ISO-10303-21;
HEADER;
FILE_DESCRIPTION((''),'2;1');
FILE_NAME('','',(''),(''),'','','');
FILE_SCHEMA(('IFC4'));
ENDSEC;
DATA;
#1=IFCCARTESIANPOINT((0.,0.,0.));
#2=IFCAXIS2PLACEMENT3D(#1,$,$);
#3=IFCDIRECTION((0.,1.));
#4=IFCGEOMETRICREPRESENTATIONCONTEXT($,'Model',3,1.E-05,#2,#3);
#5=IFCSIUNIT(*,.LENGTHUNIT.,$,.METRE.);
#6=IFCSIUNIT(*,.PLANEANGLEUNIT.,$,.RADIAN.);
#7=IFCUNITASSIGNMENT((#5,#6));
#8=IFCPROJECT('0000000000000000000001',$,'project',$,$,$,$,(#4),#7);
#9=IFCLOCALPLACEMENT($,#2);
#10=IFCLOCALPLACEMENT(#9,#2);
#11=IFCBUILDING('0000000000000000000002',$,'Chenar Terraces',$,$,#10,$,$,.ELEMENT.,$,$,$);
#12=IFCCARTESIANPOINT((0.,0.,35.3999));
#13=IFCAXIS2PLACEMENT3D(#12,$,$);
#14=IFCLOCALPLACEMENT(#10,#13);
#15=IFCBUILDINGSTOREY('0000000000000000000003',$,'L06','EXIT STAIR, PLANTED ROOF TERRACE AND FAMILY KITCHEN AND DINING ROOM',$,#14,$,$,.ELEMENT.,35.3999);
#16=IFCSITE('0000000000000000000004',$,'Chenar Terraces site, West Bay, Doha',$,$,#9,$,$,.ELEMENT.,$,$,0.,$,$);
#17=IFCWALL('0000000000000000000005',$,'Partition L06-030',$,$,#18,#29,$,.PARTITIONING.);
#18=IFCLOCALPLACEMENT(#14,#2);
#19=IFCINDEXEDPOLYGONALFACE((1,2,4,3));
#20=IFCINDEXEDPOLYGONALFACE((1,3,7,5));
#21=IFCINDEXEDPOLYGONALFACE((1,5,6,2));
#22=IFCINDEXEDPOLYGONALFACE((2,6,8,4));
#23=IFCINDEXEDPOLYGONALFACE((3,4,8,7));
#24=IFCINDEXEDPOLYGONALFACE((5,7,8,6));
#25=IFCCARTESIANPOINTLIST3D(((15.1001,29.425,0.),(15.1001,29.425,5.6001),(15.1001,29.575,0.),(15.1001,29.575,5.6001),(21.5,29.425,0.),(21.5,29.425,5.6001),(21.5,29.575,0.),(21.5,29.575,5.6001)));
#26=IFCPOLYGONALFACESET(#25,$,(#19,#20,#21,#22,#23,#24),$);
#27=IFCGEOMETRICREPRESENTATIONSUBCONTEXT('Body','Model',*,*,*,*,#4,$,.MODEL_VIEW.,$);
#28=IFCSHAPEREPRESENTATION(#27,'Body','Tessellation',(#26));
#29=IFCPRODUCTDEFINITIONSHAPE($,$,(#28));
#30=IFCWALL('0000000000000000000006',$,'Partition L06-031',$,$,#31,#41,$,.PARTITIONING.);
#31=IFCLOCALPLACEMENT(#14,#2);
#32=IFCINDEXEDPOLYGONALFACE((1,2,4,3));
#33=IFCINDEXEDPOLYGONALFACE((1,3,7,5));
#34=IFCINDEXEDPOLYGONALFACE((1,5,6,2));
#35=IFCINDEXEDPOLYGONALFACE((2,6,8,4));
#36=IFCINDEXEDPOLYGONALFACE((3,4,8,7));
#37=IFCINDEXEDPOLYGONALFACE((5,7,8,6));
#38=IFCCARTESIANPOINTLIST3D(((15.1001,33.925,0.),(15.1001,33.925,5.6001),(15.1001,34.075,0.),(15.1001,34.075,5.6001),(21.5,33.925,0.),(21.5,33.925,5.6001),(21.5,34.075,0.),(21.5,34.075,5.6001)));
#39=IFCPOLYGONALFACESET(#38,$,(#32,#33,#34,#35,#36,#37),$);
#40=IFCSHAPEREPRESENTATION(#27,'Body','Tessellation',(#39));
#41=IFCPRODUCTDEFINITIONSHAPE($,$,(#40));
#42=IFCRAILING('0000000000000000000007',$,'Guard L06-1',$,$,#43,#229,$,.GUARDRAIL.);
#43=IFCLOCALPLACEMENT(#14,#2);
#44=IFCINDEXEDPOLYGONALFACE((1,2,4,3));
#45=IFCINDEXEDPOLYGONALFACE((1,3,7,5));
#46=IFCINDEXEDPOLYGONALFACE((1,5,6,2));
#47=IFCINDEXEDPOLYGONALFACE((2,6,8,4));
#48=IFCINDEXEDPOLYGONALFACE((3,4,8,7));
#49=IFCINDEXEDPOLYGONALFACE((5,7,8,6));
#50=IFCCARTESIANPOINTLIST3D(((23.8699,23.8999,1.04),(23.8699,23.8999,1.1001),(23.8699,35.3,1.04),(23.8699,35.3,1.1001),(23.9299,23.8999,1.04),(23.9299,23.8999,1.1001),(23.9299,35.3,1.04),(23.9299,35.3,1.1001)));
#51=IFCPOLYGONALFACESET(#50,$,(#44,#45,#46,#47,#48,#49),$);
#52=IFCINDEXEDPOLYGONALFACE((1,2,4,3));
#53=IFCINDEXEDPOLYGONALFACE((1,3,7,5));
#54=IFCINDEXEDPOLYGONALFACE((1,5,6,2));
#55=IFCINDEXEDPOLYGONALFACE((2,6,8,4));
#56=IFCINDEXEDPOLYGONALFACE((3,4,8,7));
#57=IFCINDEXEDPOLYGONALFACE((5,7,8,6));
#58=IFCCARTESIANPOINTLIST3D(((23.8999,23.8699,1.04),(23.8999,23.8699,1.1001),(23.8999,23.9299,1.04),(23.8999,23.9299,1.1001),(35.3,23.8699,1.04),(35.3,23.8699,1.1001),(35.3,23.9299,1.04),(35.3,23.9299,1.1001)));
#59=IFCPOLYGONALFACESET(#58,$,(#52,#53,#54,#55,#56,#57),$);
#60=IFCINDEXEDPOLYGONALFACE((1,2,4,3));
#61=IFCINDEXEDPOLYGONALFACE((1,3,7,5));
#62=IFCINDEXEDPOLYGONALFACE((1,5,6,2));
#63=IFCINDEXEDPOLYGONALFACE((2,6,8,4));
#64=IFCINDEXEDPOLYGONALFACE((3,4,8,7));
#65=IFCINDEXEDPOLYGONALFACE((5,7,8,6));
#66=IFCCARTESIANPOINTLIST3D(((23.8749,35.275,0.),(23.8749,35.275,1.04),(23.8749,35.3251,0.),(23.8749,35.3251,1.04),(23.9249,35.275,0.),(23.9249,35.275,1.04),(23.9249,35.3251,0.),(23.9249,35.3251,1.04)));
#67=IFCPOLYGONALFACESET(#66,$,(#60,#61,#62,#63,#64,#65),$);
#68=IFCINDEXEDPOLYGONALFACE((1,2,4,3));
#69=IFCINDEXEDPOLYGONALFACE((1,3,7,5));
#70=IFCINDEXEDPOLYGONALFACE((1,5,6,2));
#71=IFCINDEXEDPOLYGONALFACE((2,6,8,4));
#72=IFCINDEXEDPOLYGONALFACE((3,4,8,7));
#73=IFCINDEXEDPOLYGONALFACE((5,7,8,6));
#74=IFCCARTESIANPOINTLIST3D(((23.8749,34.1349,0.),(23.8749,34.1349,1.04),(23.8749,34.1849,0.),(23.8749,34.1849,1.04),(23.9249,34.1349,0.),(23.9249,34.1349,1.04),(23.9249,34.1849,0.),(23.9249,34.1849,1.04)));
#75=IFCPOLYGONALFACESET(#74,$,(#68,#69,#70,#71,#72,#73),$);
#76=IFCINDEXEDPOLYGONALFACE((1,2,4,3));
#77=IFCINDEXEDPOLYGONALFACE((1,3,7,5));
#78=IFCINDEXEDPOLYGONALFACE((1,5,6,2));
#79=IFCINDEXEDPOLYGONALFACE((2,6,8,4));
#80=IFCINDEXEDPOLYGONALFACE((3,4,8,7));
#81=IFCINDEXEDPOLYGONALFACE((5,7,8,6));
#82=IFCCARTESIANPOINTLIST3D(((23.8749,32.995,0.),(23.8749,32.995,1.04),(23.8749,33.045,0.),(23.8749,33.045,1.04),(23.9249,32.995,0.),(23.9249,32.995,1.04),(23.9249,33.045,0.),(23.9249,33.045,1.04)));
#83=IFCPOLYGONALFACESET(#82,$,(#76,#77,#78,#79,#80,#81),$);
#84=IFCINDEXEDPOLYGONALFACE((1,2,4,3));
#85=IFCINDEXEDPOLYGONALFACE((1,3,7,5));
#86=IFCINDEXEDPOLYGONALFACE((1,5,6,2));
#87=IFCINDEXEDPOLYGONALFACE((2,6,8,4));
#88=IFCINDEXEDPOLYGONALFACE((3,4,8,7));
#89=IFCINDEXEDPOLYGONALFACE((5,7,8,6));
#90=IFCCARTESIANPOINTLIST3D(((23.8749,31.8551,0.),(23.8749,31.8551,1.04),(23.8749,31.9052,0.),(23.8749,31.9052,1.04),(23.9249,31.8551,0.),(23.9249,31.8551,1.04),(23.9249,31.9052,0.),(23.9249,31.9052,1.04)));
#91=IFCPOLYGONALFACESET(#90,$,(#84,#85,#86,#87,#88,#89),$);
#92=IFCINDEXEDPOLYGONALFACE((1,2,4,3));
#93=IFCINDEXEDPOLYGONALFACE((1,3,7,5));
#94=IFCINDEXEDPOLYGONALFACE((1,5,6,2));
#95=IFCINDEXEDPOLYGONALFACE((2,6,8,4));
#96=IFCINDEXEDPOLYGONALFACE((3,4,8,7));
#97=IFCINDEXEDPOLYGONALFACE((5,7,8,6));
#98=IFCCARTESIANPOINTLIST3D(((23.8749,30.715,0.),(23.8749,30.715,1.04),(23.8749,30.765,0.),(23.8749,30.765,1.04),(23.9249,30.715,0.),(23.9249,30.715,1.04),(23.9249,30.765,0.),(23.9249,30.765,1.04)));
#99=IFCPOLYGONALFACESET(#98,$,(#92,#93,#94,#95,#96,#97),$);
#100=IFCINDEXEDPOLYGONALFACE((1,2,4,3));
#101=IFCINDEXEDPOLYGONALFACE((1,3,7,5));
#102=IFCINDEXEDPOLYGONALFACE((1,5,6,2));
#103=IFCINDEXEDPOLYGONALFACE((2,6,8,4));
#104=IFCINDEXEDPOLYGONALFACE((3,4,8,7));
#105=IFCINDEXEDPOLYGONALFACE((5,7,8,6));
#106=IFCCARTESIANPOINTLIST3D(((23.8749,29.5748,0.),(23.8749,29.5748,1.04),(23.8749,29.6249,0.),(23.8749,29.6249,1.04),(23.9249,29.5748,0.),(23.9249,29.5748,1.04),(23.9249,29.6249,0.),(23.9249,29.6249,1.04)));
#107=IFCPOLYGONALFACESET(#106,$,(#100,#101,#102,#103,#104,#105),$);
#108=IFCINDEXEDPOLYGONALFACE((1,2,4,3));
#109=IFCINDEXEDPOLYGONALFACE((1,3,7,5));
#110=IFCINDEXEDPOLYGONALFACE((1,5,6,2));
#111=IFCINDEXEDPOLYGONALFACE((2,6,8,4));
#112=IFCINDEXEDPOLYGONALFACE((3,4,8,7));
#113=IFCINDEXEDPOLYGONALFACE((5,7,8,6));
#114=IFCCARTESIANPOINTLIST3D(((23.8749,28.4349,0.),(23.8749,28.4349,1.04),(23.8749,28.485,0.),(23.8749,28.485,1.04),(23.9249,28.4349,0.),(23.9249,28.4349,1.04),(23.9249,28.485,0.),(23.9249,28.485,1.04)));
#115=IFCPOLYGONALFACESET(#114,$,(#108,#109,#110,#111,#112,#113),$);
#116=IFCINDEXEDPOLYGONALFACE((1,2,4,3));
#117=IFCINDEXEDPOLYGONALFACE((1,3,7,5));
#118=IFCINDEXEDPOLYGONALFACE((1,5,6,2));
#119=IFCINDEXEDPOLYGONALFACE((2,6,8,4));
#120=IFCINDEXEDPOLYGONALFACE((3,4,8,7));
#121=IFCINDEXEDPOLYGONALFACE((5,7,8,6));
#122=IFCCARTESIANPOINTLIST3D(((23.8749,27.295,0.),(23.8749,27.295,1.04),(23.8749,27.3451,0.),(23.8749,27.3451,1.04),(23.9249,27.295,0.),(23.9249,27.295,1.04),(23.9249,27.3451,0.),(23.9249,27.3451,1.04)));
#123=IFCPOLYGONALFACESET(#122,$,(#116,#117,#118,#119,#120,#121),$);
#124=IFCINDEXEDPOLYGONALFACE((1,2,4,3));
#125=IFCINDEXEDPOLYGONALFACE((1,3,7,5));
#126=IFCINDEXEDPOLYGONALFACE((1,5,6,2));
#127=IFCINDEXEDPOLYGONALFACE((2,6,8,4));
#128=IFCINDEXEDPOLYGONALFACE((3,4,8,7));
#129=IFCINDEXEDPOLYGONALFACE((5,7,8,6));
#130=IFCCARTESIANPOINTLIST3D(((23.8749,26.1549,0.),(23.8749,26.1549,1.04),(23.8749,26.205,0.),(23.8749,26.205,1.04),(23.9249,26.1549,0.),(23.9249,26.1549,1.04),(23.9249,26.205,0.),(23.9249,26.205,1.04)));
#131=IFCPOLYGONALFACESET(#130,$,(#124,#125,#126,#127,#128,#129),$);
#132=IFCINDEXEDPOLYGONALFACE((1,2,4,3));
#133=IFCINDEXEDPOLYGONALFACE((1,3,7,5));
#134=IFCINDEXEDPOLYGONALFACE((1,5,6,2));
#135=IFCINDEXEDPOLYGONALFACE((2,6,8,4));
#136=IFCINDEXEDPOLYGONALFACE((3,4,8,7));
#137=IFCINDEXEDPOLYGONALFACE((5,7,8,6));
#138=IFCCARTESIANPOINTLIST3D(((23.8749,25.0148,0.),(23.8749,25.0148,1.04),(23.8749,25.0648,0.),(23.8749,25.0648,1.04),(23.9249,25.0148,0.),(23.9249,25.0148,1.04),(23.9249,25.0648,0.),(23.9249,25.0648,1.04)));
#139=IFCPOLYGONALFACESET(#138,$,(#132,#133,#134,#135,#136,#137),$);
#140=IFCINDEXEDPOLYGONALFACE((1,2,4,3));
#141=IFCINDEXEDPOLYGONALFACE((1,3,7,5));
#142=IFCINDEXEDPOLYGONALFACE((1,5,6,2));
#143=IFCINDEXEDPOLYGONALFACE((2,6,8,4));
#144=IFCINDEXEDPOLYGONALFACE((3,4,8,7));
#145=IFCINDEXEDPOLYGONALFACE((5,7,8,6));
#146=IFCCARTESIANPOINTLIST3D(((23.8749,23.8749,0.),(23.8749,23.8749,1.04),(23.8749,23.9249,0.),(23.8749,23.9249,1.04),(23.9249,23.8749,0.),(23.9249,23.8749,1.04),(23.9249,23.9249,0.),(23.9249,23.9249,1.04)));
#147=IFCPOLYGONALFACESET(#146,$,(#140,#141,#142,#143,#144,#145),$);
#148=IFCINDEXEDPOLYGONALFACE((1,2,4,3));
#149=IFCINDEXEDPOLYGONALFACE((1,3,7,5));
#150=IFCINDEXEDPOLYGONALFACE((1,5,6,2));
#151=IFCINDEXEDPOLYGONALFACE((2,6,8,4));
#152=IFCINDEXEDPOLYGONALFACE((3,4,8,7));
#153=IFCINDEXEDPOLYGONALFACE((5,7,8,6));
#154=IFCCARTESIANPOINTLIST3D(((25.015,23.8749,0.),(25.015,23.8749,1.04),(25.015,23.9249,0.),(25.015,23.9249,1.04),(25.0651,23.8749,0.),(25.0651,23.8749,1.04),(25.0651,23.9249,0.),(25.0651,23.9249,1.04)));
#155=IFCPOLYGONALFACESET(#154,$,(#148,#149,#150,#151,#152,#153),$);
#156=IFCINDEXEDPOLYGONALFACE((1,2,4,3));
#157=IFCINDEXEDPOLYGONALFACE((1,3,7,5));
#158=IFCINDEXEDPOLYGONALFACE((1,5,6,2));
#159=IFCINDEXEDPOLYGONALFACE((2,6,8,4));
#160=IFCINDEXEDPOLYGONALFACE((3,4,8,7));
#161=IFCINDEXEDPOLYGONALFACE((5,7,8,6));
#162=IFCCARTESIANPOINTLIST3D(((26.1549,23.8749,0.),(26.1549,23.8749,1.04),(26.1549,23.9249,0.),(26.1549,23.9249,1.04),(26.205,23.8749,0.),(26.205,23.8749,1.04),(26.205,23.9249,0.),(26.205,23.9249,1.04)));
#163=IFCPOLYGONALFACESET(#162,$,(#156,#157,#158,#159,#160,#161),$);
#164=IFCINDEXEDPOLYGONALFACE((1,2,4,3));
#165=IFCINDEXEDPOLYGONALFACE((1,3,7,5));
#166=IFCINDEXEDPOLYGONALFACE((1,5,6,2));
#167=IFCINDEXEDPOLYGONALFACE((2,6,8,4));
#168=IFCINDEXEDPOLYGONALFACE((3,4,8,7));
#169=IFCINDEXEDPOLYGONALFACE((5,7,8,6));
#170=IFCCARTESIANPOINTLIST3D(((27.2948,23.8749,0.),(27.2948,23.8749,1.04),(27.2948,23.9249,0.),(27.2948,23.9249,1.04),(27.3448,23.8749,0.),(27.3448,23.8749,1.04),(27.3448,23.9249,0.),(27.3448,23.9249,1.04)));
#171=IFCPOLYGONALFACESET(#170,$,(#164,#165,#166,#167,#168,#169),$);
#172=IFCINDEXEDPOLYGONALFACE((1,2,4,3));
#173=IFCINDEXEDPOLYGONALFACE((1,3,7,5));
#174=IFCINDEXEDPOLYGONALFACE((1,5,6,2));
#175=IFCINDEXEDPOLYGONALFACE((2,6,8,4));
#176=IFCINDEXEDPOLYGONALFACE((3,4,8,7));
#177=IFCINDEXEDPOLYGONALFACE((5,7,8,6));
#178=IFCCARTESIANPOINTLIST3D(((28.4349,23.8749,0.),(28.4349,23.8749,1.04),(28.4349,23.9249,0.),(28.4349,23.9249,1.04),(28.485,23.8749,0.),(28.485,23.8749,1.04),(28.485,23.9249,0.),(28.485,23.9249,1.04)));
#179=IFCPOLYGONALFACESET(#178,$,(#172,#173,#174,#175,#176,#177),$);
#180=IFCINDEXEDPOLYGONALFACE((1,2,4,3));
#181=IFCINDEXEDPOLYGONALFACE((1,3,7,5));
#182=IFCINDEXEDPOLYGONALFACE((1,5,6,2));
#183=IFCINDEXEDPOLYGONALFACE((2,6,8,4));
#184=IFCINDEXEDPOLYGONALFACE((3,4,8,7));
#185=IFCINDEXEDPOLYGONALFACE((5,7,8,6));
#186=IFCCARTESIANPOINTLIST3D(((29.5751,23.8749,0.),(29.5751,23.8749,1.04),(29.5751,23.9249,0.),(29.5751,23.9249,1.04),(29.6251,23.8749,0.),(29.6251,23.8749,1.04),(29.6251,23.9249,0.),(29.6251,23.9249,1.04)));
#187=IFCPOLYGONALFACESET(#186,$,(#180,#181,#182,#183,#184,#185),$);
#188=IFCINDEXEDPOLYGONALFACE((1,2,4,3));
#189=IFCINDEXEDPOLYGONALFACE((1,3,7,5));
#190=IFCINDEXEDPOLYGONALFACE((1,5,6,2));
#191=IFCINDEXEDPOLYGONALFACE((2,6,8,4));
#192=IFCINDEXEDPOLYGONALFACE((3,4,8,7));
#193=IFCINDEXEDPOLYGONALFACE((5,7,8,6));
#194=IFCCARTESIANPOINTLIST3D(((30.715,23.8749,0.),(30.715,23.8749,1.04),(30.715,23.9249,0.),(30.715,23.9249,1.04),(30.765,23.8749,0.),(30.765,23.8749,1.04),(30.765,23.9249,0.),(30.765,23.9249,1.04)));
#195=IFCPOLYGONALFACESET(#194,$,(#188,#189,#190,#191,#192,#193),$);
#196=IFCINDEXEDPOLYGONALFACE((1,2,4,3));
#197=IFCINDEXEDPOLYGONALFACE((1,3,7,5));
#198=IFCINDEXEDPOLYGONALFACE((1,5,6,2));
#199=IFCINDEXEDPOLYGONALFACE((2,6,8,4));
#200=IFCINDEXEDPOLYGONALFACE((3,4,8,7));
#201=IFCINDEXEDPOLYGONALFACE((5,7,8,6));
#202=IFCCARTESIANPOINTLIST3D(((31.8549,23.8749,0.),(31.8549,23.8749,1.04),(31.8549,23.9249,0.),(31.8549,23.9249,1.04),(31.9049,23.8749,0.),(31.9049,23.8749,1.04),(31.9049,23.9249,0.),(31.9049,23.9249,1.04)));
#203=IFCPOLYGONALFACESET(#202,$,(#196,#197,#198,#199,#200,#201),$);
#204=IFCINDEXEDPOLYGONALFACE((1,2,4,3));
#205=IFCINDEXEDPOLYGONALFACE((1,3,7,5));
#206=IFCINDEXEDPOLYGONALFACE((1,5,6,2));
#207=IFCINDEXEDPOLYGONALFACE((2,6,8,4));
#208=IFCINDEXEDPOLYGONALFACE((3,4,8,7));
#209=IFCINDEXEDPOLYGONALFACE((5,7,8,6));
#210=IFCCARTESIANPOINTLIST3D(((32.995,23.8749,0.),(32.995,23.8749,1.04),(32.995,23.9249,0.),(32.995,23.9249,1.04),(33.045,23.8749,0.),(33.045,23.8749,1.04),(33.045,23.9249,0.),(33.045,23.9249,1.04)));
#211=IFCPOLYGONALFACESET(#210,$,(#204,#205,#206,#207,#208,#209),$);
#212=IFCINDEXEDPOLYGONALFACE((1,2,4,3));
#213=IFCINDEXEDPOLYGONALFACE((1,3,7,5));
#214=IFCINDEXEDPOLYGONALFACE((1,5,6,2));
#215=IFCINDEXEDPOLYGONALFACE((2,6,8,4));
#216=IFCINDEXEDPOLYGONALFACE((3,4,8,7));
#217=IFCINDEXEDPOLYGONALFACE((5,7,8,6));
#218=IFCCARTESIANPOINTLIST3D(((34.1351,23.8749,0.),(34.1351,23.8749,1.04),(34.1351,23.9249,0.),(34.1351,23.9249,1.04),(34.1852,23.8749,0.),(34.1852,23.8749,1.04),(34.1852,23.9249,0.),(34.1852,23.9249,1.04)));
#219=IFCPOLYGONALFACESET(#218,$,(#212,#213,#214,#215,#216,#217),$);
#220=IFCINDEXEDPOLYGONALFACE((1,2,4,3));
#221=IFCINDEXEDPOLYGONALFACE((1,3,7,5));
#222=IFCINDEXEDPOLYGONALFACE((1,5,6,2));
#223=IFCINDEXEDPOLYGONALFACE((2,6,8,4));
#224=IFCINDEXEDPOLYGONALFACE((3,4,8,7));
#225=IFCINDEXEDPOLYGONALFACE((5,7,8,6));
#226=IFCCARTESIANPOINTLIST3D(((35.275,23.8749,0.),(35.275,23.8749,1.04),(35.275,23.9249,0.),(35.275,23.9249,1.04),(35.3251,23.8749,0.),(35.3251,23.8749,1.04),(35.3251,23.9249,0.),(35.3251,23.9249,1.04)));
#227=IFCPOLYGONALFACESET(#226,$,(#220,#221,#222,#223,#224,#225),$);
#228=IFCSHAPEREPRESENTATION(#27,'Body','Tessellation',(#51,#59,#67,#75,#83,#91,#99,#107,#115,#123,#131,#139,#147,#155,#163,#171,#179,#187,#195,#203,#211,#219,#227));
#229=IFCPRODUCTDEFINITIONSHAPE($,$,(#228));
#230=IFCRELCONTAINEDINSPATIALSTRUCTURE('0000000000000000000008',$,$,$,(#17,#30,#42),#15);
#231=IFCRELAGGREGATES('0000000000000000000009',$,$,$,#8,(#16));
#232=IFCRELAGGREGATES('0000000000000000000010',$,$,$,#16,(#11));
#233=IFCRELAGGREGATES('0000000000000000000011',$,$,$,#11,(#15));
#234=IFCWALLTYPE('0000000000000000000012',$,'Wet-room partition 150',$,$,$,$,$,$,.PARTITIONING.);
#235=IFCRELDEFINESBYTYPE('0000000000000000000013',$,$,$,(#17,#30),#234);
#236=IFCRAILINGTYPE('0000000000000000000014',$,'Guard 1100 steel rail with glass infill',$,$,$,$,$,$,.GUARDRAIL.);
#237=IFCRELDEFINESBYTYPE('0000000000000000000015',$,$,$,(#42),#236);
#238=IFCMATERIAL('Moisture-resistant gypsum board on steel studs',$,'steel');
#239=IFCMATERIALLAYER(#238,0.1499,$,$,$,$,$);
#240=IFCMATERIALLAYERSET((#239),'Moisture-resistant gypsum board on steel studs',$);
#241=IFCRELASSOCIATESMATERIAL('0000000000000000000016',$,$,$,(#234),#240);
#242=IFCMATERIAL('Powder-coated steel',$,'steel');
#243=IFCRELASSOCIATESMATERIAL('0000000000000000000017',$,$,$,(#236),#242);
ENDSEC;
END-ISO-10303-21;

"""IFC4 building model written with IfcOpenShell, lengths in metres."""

from ifc_helpers import new_model, si_unit, direction, frame, frame_2d, origin, origin_2d, place, context, subcontext, project, spatial, rectangle, extrude, material, layer, layer_set, type_object, element, save


model = new_model("IFC4")

# Units and contexts
model_context = context("Model", 3, precision=1e-05, world=origin(), true_north=direction((0.0, 1.0)))
body_context = subcontext(model_context, "Body", "Model", "MODEL_VIEW")
ifc_project = project(units=[si_unit("LENGTHUNIT", "METRE"), si_unit("PLANEANGLEUNIT", "RADIAN")], contexts=[model_context])

# Site, building, storey
site_placement = place(None, origin())
site = spatial("IfcSite", under=ifc_project, at=site_placement, Name="Chenar Terraces site, West Bay, Doha", CompositionType="ELEMENT", RefElevation=0.0)
building_placement = place(site_placement, origin())
building = spatial("IfcBuilding", under=site, at=building_placement, Name="Chenar Terraces", CompositionType="ELEMENT")
storey_placement = place(building_placement, frame((0.0, 0.0, 35.3999)))
storey = spatial("IfcBuildingStorey", under=building, at=storey_placement, Name="L06", Description="EXIT STAIR, PLANTED ROOF TERRACE AND FAMILY KITCHEN AND DINING ROOM", CompositionType="ELEMENT", Elevation=35.3999)

# Walls
ifc_material_1 = material(Name="Moisture-resistant gypsum board on steel studs", Category="steel")
ifc_layer_1 = layer(ifc_material_1, 0.1499)
ifc_layer_set_1 = layer_set([ifc_layer_1], Name="Moisture-resistant gypsum board on steel studs")
wall_type_1 = type_object("IfcWallType", Name="Wet-room partition 150", PredefinedType="PARTITIONING", material=ifc_layer_set_1)
for number, where, z_axis, x_axis, name in (
    (1, (15.1001, 29.5, 0.0), (0.0, 0.0, 1.0), (1.0, 0.0, 0.0), "Partition L06-030"),
    (2, (15.1001, 34.0, 0.0), (0.0, 0.0, 1.0), (1.0, 0.0, 0.0), "Partition L06-031"),
):
    element("IfcWall", number, at=place(storey_placement, frame(where, z_axis=z_axis, x_axis=x_axis)), inside=storey, type_object=wall_type_1, Name=name, PredefinedType="PARTITIONING", context=body_context, shape_type="SweptSolid", body=[
        extrude(rectangle(XDim=6.3999, YDim=0.1499, at=frame_2d((3.2, 0.0))), origin(), (0.0, 0.0, 1.0), 5.6001),
    ])

# Railing
ifc_material_2 = material(Name="Powder-coated steel", Category="steel")
railing_type_1 = type_object("IfcRailingType", Name="Guard 1100 steel rail with glass infill", PredefinedType="GUARDRAIL", material=ifc_material_2)
railing_1_placement = place(storey_placement, frame((23.8999, 35.3, 0.0)))
element("IfcRailing", 3, at=railing_1_placement, inside=storey, type_object=railing_type_1, Name="Guard L06-1", PredefinedType="GUARDRAIL", context=body_context, shape_type="SweptSolid", body=[
    extrude(rectangle(XDim=0.0601, YDim=0.0601, at=origin_2d()), frame((0.0, 0.0, 1.0701), z_axis=(0.0, -1.0, 0.0), x_axis=(1.0, 0.0, 0.0)), (0.0, 0.0, 1.0), 11.4001),
    extrude(rectangle(XDim=0.0601, YDim=0.0601, at=origin_2d()), frame((0.0, -11.4001, 1.0701), z_axis=(1.0, 0.0, 0.0), x_axis=(0.0, 1.0, 0.0)), (0.0, 0.0, 1.0), 11.4001),
    extrude(rectangle(XDim=0.05, YDim=0.05, at=origin_2d()), origin(), (0.0, 0.0, 1.0), 1.04),
    extrude(rectangle(XDim=0.05, YDim=0.05, at=origin_2d()), frame((0.0, -1.1401, 0.0)), (0.0, 0.0, 1.0), 1.04),
    extrude(rectangle(XDim=0.05, YDim=0.05, at=origin_2d()), frame((0.0, -2.28, 0.0)), (0.0, 0.0, 1.0), 1.04),
    extrude(rectangle(XDim=0.05, YDim=0.05, at=origin_2d()), frame((0.0, -3.4199, 0.0)), (0.0, 0.0, 1.0), 1.04),
    extrude(rectangle(XDim=0.05, YDim=0.05, at=origin_2d()), frame((0.0, -4.5601, 0.0)), (0.0, 0.0, 1.0), 1.04),
    extrude(rectangle(XDim=0.05, YDim=0.05, at=origin_2d()), frame((0.0, -5.7002, 0.0)), (0.0, 0.0, 1.0), 1.04),
    extrude(rectangle(XDim=0.05, YDim=0.05, at=origin_2d()), frame((0.0, -6.8401, 0.0)), (0.0, 0.0, 1.0), 1.04),
    extrude(rectangle(XDim=0.05, YDim=0.05, at=origin_2d()), frame((0.0, -7.98, 0.0)), (0.0, 0.0, 1.0), 1.04),
    extrude(rectangle(XDim=0.05, YDim=0.05, at=origin_2d()), frame((0.0, -9.1201, 0.0)), (0.0, 0.0, 1.0), 1.04),
    extrude(rectangle(XDim=0.05, YDim=0.05, at=origin_2d()), frame((0.0, -10.2603, 0.0)), (0.0, 0.0, 1.0), 1.04),
    extrude(rectangle(XDim=0.05, YDim=0.05, at=origin_2d()), frame((0.0, -11.4001, 0.0)), (0.0, 0.0, 1.0), 1.04),
    extrude(rectangle(XDim=0.05, YDim=0.05, at=origin_2d()), frame((1.1401, -11.4001, 0.0)), (0.0, 0.0, 1.0), 1.04),
    extrude(rectangle(XDim=0.05, YDim=0.05, at=origin_2d()), frame((2.28, -11.4001, 0.0)), (0.0, 0.0, 1.0), 1.04),
    extrude(rectangle(XDim=0.05, YDim=0.05, at=origin_2d()), frame((3.4199, -11.4001, 0.0)), (0.0, 0.0, 1.0), 1.04),
    extrude(rectangle(XDim=0.05, YDim=0.05, at=origin_2d()), frame((4.5601, -11.4001, 0.0)), (0.0, 0.0, 1.0), 1.04),
    extrude(rectangle(XDim=0.05, YDim=0.05, at=origin_2d()), frame((5.7002, -11.4001, 0.0)), (0.0, 0.0, 1.0), 1.04),
    extrude(rectangle(XDim=0.05, YDim=0.05, at=origin_2d()), frame((6.8401, -11.4001, 0.0)), (0.0, 0.0, 1.0), 1.04),
    extrude(rectangle(XDim=0.05, YDim=0.05, at=origin_2d()), frame((7.98, -11.4001, 0.0)), (0.0, 0.0, 1.0), 1.04),
    extrude(rectangle(XDim=0.05, YDim=0.05, at=origin_2d()), frame((9.1201, -11.4001, 0.0)), (0.0, 0.0, 1.0), 1.04),
    extrude(rectangle(XDim=0.05, YDim=0.05, at=origin_2d()), frame((10.2603, -11.4001, 0.0)), (0.0, 0.0, 1.0), 1.04),
    extrude(rectangle(XDim=0.05, YDim=0.05, at=origin_2d()), frame((11.4001, -11.4001, 0.0)), (0.0, 0.0, 1.0), 1.04),
])

save(model, "model.ifc")
